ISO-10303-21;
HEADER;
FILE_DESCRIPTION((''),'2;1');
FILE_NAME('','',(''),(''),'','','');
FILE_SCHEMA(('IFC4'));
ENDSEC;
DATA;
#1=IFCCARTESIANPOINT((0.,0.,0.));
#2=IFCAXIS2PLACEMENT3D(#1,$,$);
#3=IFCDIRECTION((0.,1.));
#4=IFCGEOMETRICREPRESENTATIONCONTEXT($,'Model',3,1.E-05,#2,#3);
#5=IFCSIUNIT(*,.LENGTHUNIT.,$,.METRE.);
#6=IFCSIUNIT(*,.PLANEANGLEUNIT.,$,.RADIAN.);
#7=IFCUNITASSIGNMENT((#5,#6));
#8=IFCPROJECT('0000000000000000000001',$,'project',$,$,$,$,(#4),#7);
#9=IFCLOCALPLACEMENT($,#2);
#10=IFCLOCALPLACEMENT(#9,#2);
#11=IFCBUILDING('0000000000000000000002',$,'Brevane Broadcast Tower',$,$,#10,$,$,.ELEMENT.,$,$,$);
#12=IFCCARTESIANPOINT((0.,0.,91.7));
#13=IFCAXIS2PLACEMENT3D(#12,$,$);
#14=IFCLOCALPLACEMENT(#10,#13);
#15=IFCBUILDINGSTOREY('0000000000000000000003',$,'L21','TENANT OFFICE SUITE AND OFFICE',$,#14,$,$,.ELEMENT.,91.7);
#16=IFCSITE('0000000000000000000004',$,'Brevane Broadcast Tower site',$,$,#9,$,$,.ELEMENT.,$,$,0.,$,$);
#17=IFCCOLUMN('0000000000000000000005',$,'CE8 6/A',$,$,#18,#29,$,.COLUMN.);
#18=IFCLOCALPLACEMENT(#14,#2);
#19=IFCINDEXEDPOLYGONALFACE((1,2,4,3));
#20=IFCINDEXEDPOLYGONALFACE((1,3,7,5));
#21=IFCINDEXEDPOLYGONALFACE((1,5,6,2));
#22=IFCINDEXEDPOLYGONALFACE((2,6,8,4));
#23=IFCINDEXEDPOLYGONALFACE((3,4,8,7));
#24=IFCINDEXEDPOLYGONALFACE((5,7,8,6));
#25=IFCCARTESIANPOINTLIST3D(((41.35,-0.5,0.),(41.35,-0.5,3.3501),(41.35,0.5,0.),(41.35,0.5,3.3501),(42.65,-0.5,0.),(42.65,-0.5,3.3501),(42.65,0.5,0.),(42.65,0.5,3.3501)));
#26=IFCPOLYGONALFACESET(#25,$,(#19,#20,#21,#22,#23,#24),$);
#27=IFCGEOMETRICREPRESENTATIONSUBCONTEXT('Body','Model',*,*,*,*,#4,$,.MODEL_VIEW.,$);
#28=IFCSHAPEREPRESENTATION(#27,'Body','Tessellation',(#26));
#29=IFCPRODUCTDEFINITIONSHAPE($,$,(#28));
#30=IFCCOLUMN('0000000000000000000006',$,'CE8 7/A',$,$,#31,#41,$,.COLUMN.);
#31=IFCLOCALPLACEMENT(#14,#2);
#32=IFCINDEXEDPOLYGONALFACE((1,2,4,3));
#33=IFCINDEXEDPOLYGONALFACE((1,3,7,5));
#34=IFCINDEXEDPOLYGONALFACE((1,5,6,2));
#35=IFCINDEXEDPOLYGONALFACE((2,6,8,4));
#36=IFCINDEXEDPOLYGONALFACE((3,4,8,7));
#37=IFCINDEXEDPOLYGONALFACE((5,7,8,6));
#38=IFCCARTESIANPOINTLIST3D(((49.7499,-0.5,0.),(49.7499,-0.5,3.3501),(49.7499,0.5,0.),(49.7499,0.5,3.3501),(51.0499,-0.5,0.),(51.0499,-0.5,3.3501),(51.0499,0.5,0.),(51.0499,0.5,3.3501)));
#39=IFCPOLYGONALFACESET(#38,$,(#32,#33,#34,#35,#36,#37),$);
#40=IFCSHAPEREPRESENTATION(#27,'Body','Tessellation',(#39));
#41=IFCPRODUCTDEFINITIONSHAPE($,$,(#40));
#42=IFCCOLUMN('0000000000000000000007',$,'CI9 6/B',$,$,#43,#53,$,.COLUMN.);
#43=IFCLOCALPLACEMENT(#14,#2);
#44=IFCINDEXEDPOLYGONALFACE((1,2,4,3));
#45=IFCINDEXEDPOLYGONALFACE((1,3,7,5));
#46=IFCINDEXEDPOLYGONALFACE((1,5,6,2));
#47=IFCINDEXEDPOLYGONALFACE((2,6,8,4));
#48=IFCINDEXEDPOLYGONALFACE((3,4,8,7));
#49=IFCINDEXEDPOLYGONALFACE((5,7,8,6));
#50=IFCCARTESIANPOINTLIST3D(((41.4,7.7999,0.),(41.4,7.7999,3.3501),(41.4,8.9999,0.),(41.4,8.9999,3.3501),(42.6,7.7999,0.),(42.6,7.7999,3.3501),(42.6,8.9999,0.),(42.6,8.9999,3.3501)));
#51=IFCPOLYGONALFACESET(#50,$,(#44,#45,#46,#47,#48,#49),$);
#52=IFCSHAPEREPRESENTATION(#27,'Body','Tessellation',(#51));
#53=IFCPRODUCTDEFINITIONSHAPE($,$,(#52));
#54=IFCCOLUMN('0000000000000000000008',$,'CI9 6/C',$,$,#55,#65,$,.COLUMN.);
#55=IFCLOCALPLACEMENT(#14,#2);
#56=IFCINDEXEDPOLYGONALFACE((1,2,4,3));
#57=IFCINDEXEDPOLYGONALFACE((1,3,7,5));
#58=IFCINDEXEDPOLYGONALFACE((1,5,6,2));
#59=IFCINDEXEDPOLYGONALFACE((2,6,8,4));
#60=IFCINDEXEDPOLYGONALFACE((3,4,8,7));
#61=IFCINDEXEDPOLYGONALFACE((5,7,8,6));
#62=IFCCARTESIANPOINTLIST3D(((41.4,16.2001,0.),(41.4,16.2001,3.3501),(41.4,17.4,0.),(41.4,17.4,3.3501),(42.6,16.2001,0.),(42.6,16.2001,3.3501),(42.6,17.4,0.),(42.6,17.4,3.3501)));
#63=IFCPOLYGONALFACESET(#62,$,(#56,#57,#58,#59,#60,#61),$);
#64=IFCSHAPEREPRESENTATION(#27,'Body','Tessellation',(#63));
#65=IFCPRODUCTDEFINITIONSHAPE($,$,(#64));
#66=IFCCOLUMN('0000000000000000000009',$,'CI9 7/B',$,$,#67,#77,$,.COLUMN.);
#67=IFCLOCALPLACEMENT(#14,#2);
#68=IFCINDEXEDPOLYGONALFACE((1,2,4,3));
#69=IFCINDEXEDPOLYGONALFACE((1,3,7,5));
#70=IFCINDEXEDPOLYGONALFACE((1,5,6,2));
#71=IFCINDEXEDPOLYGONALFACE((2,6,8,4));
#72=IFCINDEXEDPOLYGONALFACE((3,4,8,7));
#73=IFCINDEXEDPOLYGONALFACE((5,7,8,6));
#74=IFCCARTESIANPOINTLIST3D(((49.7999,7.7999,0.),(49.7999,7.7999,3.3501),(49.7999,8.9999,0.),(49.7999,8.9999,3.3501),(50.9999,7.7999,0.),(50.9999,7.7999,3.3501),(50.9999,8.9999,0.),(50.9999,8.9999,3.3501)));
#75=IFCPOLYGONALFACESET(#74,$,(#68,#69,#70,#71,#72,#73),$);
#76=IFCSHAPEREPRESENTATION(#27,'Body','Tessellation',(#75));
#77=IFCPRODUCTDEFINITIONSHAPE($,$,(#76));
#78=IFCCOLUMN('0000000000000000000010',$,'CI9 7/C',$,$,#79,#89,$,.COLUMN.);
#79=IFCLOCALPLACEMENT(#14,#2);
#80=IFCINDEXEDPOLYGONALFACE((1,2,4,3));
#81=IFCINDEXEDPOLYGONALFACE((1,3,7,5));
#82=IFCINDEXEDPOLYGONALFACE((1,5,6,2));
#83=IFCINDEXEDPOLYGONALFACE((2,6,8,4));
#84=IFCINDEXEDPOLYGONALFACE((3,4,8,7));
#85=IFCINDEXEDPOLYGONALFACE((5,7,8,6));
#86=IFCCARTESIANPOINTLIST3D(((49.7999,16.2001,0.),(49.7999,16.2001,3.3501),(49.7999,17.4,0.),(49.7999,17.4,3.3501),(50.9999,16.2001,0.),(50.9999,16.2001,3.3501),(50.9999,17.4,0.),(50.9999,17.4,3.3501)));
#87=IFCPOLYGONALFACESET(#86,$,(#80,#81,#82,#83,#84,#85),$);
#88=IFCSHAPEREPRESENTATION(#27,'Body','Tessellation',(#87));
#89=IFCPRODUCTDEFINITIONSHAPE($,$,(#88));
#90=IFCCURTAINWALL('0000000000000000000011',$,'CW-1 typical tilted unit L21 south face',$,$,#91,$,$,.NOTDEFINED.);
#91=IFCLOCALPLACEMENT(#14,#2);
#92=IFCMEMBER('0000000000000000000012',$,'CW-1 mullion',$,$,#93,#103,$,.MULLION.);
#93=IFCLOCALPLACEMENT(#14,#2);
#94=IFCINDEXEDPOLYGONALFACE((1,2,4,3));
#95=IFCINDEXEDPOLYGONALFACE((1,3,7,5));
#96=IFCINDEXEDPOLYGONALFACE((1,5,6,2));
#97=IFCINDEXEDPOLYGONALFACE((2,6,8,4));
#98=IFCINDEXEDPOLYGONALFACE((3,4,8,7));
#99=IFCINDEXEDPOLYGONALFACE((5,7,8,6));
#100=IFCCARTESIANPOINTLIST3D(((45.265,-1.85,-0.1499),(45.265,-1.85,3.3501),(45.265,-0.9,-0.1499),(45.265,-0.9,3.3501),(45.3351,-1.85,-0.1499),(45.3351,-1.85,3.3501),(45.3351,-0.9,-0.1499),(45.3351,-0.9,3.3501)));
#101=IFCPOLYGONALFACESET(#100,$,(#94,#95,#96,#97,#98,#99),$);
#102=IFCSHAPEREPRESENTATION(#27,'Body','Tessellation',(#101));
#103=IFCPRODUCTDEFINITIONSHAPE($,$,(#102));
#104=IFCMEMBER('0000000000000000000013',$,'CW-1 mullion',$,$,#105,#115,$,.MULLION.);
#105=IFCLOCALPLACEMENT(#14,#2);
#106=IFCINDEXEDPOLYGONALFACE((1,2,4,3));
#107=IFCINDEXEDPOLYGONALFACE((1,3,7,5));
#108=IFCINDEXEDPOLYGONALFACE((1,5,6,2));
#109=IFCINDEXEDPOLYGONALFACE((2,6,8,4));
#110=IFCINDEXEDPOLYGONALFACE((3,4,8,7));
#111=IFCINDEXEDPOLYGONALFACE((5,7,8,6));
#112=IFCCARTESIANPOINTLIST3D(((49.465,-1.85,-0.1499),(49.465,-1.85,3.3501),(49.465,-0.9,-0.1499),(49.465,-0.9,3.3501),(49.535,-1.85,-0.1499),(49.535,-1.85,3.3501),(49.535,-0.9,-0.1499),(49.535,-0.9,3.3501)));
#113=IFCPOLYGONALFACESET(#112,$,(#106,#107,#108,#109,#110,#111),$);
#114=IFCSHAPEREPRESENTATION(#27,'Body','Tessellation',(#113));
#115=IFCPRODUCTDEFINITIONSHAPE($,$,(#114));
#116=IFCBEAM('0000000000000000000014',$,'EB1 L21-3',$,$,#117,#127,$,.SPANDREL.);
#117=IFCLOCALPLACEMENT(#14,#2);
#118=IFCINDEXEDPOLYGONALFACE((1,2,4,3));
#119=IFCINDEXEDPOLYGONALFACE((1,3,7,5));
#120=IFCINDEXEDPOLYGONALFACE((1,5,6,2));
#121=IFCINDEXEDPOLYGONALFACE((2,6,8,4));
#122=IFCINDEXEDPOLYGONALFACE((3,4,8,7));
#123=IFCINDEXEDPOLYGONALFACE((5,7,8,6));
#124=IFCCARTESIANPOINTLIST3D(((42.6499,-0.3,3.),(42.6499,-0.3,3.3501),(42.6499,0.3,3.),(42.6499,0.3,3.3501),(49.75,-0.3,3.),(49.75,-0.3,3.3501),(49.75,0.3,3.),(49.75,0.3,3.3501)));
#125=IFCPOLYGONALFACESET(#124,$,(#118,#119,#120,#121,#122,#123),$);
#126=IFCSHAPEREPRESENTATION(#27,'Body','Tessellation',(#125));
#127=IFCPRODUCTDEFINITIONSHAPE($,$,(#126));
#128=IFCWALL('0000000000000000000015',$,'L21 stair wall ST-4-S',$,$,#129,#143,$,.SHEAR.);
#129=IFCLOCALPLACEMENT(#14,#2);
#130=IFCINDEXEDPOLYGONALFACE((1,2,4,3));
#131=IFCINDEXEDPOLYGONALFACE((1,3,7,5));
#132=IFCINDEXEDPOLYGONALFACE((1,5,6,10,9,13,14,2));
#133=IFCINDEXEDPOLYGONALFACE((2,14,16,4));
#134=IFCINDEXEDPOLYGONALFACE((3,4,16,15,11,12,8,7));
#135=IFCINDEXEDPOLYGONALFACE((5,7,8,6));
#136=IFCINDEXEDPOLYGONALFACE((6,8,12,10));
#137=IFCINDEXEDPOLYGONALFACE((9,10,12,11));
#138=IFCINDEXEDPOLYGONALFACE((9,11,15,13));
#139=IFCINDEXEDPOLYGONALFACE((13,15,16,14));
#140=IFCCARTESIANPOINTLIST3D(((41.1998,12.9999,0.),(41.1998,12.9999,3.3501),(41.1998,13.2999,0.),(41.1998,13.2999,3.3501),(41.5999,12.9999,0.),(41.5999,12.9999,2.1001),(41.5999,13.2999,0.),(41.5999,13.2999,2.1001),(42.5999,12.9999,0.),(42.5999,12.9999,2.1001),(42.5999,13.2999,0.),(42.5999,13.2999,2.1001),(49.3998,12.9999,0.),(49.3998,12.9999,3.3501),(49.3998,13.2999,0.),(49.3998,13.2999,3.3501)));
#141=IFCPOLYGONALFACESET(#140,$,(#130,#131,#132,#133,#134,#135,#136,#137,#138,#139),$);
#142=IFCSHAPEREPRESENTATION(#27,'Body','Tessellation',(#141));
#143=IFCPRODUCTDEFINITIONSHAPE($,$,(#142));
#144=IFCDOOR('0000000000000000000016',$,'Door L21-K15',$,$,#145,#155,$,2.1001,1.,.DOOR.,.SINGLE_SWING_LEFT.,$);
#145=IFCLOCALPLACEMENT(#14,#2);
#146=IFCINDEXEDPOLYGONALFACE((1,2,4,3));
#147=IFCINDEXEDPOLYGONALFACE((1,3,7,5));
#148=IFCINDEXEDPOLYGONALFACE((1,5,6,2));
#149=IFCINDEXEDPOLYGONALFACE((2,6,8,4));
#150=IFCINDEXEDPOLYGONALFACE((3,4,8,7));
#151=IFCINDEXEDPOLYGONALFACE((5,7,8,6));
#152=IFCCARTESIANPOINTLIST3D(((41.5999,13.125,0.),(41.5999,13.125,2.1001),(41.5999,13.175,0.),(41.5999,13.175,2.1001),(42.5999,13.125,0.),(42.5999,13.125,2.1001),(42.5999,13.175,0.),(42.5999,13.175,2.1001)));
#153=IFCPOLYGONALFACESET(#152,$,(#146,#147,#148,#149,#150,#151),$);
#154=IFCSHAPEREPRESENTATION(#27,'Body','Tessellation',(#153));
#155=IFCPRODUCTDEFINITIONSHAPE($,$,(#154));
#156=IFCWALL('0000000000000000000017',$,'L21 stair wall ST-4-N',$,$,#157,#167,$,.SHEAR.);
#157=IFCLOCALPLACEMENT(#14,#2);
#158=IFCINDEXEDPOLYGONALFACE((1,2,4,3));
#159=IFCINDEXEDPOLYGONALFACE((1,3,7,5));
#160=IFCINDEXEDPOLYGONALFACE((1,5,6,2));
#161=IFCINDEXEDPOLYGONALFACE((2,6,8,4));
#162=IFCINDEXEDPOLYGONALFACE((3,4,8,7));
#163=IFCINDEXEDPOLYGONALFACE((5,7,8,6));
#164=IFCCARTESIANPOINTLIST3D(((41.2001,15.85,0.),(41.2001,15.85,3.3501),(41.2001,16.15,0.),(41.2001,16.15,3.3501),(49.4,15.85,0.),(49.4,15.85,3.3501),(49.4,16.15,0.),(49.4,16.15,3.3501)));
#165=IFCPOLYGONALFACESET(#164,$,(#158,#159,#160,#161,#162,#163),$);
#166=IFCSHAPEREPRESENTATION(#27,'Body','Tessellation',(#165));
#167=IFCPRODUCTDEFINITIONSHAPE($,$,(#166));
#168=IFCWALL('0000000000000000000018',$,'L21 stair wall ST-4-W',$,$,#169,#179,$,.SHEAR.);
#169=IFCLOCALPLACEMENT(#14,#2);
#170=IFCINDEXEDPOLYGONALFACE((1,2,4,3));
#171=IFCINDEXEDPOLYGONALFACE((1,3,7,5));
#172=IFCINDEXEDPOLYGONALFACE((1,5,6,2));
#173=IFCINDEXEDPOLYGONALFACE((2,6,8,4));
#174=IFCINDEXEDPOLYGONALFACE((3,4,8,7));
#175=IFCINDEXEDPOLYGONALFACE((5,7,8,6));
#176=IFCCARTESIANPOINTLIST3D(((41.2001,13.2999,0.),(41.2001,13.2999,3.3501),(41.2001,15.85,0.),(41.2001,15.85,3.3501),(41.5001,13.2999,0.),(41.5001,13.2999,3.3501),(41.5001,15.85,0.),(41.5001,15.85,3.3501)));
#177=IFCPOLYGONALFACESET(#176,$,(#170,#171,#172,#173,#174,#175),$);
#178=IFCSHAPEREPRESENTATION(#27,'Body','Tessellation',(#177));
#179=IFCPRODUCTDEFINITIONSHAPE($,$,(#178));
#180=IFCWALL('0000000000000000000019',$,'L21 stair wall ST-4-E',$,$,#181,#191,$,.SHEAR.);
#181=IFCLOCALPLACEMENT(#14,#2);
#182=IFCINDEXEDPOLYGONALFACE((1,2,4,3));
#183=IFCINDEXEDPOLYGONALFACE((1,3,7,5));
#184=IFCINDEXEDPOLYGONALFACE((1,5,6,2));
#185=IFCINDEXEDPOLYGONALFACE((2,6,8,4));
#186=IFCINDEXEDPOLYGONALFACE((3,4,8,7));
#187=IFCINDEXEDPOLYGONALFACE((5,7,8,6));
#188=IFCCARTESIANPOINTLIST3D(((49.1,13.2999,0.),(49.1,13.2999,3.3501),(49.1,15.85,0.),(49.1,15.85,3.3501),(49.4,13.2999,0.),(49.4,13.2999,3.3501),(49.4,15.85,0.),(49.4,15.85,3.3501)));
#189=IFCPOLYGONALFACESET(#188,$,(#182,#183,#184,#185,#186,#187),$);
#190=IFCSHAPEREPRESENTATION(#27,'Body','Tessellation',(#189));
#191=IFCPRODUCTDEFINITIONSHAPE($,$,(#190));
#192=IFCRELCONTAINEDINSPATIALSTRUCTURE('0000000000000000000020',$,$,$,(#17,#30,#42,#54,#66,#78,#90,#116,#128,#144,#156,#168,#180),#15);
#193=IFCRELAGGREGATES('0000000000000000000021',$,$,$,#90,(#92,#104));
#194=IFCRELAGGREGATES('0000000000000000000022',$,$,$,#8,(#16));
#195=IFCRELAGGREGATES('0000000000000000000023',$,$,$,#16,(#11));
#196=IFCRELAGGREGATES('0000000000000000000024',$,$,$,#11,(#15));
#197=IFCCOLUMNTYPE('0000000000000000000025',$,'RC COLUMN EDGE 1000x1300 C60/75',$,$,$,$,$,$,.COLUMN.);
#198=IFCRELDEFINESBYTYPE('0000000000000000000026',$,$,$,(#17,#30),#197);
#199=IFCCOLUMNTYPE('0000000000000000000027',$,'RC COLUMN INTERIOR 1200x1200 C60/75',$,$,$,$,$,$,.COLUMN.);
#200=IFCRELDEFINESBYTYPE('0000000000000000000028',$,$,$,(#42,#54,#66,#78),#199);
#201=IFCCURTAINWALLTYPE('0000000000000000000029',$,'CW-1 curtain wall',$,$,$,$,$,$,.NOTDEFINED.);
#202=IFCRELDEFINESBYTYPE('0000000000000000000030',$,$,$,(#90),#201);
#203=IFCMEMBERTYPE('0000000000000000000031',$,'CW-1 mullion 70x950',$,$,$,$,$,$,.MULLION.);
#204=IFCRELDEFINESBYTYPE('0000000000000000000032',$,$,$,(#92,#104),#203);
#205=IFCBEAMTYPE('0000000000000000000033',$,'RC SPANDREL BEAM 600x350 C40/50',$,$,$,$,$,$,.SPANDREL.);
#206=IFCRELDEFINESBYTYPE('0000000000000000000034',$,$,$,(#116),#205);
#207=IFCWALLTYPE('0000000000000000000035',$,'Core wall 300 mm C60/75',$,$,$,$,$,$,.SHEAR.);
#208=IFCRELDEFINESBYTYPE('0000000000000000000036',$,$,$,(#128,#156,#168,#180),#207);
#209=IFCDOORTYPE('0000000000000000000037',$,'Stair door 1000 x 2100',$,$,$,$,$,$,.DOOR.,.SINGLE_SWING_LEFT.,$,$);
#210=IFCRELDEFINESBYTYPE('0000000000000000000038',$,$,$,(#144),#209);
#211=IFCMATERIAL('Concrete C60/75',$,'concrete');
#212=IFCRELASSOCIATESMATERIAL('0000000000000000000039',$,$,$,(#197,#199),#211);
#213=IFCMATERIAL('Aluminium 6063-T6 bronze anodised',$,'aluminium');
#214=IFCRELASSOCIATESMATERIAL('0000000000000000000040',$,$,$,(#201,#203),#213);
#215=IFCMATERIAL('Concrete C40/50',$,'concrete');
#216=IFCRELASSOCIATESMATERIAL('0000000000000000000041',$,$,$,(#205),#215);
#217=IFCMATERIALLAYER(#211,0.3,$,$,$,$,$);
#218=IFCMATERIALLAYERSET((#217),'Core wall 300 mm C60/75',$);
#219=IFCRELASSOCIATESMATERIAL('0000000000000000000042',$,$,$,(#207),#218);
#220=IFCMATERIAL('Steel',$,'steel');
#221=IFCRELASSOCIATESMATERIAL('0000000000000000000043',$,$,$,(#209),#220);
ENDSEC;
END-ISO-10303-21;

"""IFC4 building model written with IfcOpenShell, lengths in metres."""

from ifc_helpers import new_model, si_unit, direction, frame, frame_2d, origin, origin_2d, place, context, subcontext, project, spatial, rectangle, extrude, material, layer, layer_set, material_profile, profile_set, type_object, element, fill, aggregate, save


model = new_model("IFC4")

# Units and contexts
model_context = context("Model", 3, precision=1e-05, world=origin(), true_north=direction((0.0, 1.0)))
body_context = subcontext(model_context, "Body", "Model", "MODEL_VIEW")
ifc_project = project(units=[si_unit("LENGTHUNIT", "METRE"), si_unit("PLANEANGLEUNIT", "RADIAN")], contexts=[model_context])

# Site, building, storey
site_placement = place(None, origin())
site = spatial("IfcSite", under=ifc_project, at=site_placement, Name="Brevane Broadcast Tower site", CompositionType="ELEMENT", RefElevation=0.0)
building_placement = place(site_placement, origin())
building = spatial("IfcBuilding", under=site, at=building_placement, Name="Brevane Broadcast Tower", CompositionType="ELEMENT")
storey_placement = place(building_placement, frame((0.0, 0.0, 91.7)))
storey = spatial("IfcBuildingStorey", under=building, at=storey_placement, Name="L21", Description="TENANT OFFICE SUITE AND OFFICE", CompositionType="ELEMENT", Elevation=91.7)

# Columns
ifc_material_1 = material(Name="Concrete C60/75", Category="concrete")
ifc_material_profile_1 = material_profile(ifc_material_1, rectangle(XDim=1.0, YDim=1.3, at=origin_2d()), Name="RC 1000x1300")
ifc_profile_set_1 = profile_set([ifc_material_profile_1], Name="Concrete C60/75")
column_type_1 = type_object("IfcColumnType", Name="RC COLUMN EDGE 1000x1300 C60/75", PredefinedType="COLUMN", material=ifc_profile_set_1)
for number, where, z_axis, x_axis, name in (
    (1, (42.0, 0.0, 0.0), (0.0, 0.0, 1.0), (0.0, 1.0, 0.0), "CE8 6/A"),
    (2, (50.3999, 0.0, 0.0), (0.0, 0.0, 1.0), (0.0, 1.0, 0.0), "CE8 7/A"),
):
    element("IfcColumn", number, at=place(storey_placement, frame(where, z_axis=z_axis, x_axis=x_axis)), inside=storey, type_object=column_type_1, Name=name, PredefinedType="COLUMN", context=body_context, shape_type="SweptSolid", body=[
        extrude(rectangle(XDim=1.0, YDim=1.3, at=origin_2d()), origin(), (0.0, 0.0, 1.0), 3.3501),
    ])
ifc_material_profile_2 = material_profile(ifc_material_1, rectangle(XDim=1.2, YDim=1.2, at=origin_2d()), Name="RC 1200x1200")
ifc_profile_set_2 = profile_set([ifc_material_profile_2], Name="Concrete C60/75")
column_type_2 = type_object("IfcColumnType", Name="RC COLUMN INTERIOR 1200x1200 C60/75", PredefinedType="COLUMN", material=ifc_profile_set_2)
for number, where, z_axis, x_axis, name in (
    (3, (42.0, 8.3999, 0.0), (0.0, 0.0, 1.0), (1.0, 0.0, 0.0), "CI9 6/B"),
    (4, (42.0, 16.8, 0.0), (0.0, 0.0, 1.0), (1.0, 0.0, 0.0), "CI9 6/C"),
    (5, (50.3999, 8.3999, 0.0), (0.0, 0.0, 1.0), (1.0, 0.0, 0.0), "CI9 7/B"),
    (6, (50.3999, 16.8, 0.0), (0.0, 0.0, 1.0), (1.0, 0.0, 0.0), "CI9 7/C"),
):
    element("IfcColumn", number, at=place(storey_placement, frame(where, z_axis=z_axis, x_axis=x_axis)), inside=storey, type_object=column_type_2, Name=name, PredefinedType="COLUMN", context=body_context, shape_type="SweptSolid", body=[
        extrude(rectangle(XDim=1.2, YDim=1.2, at=origin_2d()), origin(), (0.0, 0.0, 1.0), 3.3501),
    ])

# Curtain wall, members
ifc_material_2 = material(Name="Aluminium 6063-T6 bronze anodised", Category="aluminium")
curtain_wall_type = type_object("IfcCurtainWallType", Name="CW-1 curtain wall", PredefinedType="NOTDEFINED", material=ifc_material_2)
curtain_wall_placement = place(storey_placement, origin())
curtain_wall = element("IfcCurtainWall", 7, at=curtain_wall_placement, inside=storey, type_object=curtain_wall_type, Name="CW-1 typical tilted unit L21 south face", PredefinedType="NOTDEFINED")
ifc_material_profile_3 = material_profile(ifc_material_2, rectangle(XDim=0.95, YDim=0.0701, at=origin_2d()), Name="RECT 70x950")
ifc_profile_set_3 = profile_set([ifc_material_profile_3], Name="Aluminium 6063-T6 bronze anodised")
member_type = type_object("IfcMemberType", Name="CW-1 mullion 70x950", PredefinedType="MULLION", material=ifc_profile_set_3)
member_1_placement = place(storey_placement, frame((45.3, -1.375, -0.1499), z_axis=(0.0, 0.0, 1.0), x_axis=(0.0, 1.0, 0.0)))
member_1 = element("IfcMember", 8, at=member_1_placement, type_object=member_type, Name="CW-1 mullion", PredefinedType="MULLION", context=body_context, shape_type="SweptSolid", body=[
    extrude(rectangle(XDim=0.95, YDim=0.0701, at=origin_2d()), origin(), (0.0, 0.0, 1.0), 3.5),
])
member_2_placement = place(storey_placement, frame((49.5, -1.375, -0.1499), z_axis=(0.0, 0.0, 1.0), x_axis=(0.0, 1.0, 0.0)))
member_2 = element("IfcMember", 9, at=member_2_placement, type_object=member_type, Name="CW-1 mullion", PredefinedType="MULLION", context=body_context, shape_type="SweptSolid", body=[
    extrude(rectangle(XDim=0.95, YDim=0.0701, at=origin_2d()), origin(), (0.0, 0.0, 1.0), 3.5),
])
aggregate(curtain_wall, [member_1, member_2])

# Beam
ifc_material_3 = material(Name="Concrete C40/50", Category="concrete")
ifc_material_profile_4 = material_profile(ifc_material_3, rectangle(XDim=0.6001, YDim=0.3501, at=origin_2d()), Name="RC 600x350")
ifc_profile_set_4 = profile_set([ifc_material_profile_4], Name="Concrete C40/50")
beam_type = type_object("IfcBeamType", Name="RC SPANDREL BEAM 600x350 C40/50", PredefinedType="SPANDREL", material=ifc_profile_set_4)
beam_placement = place(storey_placement, frame((42.6499, 0.0, 3.175), z_axis=(1.0, 0.0, 0.0), x_axis=(0.0, 1.0, 0.0)))
element("IfcBeam", 10, at=beam_placement, inside=storey, type_object=beam_type, Name="EB1 L21-3", PredefinedType="SPANDREL", context=body_context, shape_type="SweptSolid", body=[
    extrude(rectangle(XDim=0.6001, YDim=0.3501, at=origin_2d()), origin(), (0.0, 0.0, 1.0), 7.1001),
])

# Wall, opening, door
ifc_layer_1 = layer(ifc_material_1, 0.3)
ifc_layer_set_1 = layer_set([ifc_layer_1], Name="Core wall 300 mm C60/75")
wall_type_1 = type_object("IfcWallType", Name="Core wall 300 mm C60/75", PredefinedType="SHEAR", material=ifc_layer_set_1)
wall_1_placement = place(storey_placement, frame((49.3999, 13.1499, 0.0), z_axis=(0.0, 0.0, 1.0), x_axis=(-1.0, 0.0, 0.0)))
wall_1 = element("IfcWall", 11, at=wall_1_placement, inside=storey, type_object=wall_type_1, Name="L21 stair wall ST-4-S", PredefinedType="SHEAR", context=body_context, shape_type="SweptSolid", body=[
    extrude(rectangle(XDim=8.2, YDim=0.3, at=frame_2d((4.1001, 0.0))), origin(), (0.0, 0.0, 1.0), 3.3501),
])
opening_1_placement = place(wall_1_placement, frame((6.8, 0.0, 0.0)))
opening_1 = element("IfcOpeningElement", 12, at=opening_1_placement, cuts=wall_1, PredefinedType="OPENING", context=body_context, shape_type="SweptSolid", body=[
    extrude(rectangle(XDim=1.0, YDim=2.1001, at=frame_2d((0.5, 1.05))), frame((0.0, 0.1599, 0.0), z_axis=(0.0, -1.0, 0.0), x_axis=(1.0, 0.0, 0.0)), (0.0, 0.0, 1.0), 0.3201),
])
ifc_material_4 = material(Name="Steel", Category="steel")
door_type_1 = type_object("IfcDoorType", Name="Stair door 1000 x 2100", OperationType="SINGLE_SWING_LEFT", PredefinedType="DOOR", material=ifc_material_4)
door_1_placement = place(opening_1_placement, origin())
door_1 = element("IfcDoor", 13, at=door_1_placement, inside=storey, type_object=door_type_1, Name="Door L21-K15", OperationType="SINGLE_SWING_LEFT", OverallHeight=2.1001, OverallWidth=1.0, PredefinedType="DOOR", context=body_context, shape_type="SweptSolid", body=[
    extrude(rectangle(XDim=1.0, YDim=2.1001, at=frame_2d((0.5, 1.05))), frame((0.0, 0.0249, 0.0), z_axis=(0.0, -1.0, 0.0), x_axis=(1.0, 0.0, 0.0)), (0.0, 0.0, 1.0), 0.05),
])
fill(opening_1, door_1)

# Walls
wall_2_placement = place(storey_placement, frame((41.2, 16.0, 0.0), z_axis=(0.0, 0.0, 1.0), x_axis=(1.0, 0.0, 0.0)))
element("IfcWall", 14, at=wall_2_placement, inside=storey, type_object=wall_type_1, Name="L21 stair wall ST-4-N", PredefinedType="SHEAR", context=body_context, shape_type="SweptSolid", body=[
    extrude(rectangle(XDim=8.2, YDim=0.3, at=frame_2d((4.1001, 0.0))), origin(), (0.0, 0.0, 1.0), 3.3501),
])
for number, where, z_axis, x_axis, name in (
    (15, (41.3501, 13.3, 0.0), (0.0, 0.0, 1.0), (0.0, 1.0, 0.0), "L21 stair wall ST-4-W"),
    (16, (49.25, 13.3, 0.0), (0.0, 0.0, 1.0), (0.0, 1.0, 0.0), "L21 stair wall ST-4-E"),
):
    element("IfcWall", number, at=place(storey_placement, frame(where, z_axis=z_axis, x_axis=x_axis)), inside=storey, type_object=wall_type_1, Name=name, PredefinedType="SHEAR", context=body_context, shape_type="SweptSolid", body=[
        extrude(rectangle(XDim=2.55, YDim=0.3, at=frame_2d((1.2749, 0.0))), origin(), (0.0, 0.0, 1.0), 3.3501),
    ])

save(model, "model.ifc")
